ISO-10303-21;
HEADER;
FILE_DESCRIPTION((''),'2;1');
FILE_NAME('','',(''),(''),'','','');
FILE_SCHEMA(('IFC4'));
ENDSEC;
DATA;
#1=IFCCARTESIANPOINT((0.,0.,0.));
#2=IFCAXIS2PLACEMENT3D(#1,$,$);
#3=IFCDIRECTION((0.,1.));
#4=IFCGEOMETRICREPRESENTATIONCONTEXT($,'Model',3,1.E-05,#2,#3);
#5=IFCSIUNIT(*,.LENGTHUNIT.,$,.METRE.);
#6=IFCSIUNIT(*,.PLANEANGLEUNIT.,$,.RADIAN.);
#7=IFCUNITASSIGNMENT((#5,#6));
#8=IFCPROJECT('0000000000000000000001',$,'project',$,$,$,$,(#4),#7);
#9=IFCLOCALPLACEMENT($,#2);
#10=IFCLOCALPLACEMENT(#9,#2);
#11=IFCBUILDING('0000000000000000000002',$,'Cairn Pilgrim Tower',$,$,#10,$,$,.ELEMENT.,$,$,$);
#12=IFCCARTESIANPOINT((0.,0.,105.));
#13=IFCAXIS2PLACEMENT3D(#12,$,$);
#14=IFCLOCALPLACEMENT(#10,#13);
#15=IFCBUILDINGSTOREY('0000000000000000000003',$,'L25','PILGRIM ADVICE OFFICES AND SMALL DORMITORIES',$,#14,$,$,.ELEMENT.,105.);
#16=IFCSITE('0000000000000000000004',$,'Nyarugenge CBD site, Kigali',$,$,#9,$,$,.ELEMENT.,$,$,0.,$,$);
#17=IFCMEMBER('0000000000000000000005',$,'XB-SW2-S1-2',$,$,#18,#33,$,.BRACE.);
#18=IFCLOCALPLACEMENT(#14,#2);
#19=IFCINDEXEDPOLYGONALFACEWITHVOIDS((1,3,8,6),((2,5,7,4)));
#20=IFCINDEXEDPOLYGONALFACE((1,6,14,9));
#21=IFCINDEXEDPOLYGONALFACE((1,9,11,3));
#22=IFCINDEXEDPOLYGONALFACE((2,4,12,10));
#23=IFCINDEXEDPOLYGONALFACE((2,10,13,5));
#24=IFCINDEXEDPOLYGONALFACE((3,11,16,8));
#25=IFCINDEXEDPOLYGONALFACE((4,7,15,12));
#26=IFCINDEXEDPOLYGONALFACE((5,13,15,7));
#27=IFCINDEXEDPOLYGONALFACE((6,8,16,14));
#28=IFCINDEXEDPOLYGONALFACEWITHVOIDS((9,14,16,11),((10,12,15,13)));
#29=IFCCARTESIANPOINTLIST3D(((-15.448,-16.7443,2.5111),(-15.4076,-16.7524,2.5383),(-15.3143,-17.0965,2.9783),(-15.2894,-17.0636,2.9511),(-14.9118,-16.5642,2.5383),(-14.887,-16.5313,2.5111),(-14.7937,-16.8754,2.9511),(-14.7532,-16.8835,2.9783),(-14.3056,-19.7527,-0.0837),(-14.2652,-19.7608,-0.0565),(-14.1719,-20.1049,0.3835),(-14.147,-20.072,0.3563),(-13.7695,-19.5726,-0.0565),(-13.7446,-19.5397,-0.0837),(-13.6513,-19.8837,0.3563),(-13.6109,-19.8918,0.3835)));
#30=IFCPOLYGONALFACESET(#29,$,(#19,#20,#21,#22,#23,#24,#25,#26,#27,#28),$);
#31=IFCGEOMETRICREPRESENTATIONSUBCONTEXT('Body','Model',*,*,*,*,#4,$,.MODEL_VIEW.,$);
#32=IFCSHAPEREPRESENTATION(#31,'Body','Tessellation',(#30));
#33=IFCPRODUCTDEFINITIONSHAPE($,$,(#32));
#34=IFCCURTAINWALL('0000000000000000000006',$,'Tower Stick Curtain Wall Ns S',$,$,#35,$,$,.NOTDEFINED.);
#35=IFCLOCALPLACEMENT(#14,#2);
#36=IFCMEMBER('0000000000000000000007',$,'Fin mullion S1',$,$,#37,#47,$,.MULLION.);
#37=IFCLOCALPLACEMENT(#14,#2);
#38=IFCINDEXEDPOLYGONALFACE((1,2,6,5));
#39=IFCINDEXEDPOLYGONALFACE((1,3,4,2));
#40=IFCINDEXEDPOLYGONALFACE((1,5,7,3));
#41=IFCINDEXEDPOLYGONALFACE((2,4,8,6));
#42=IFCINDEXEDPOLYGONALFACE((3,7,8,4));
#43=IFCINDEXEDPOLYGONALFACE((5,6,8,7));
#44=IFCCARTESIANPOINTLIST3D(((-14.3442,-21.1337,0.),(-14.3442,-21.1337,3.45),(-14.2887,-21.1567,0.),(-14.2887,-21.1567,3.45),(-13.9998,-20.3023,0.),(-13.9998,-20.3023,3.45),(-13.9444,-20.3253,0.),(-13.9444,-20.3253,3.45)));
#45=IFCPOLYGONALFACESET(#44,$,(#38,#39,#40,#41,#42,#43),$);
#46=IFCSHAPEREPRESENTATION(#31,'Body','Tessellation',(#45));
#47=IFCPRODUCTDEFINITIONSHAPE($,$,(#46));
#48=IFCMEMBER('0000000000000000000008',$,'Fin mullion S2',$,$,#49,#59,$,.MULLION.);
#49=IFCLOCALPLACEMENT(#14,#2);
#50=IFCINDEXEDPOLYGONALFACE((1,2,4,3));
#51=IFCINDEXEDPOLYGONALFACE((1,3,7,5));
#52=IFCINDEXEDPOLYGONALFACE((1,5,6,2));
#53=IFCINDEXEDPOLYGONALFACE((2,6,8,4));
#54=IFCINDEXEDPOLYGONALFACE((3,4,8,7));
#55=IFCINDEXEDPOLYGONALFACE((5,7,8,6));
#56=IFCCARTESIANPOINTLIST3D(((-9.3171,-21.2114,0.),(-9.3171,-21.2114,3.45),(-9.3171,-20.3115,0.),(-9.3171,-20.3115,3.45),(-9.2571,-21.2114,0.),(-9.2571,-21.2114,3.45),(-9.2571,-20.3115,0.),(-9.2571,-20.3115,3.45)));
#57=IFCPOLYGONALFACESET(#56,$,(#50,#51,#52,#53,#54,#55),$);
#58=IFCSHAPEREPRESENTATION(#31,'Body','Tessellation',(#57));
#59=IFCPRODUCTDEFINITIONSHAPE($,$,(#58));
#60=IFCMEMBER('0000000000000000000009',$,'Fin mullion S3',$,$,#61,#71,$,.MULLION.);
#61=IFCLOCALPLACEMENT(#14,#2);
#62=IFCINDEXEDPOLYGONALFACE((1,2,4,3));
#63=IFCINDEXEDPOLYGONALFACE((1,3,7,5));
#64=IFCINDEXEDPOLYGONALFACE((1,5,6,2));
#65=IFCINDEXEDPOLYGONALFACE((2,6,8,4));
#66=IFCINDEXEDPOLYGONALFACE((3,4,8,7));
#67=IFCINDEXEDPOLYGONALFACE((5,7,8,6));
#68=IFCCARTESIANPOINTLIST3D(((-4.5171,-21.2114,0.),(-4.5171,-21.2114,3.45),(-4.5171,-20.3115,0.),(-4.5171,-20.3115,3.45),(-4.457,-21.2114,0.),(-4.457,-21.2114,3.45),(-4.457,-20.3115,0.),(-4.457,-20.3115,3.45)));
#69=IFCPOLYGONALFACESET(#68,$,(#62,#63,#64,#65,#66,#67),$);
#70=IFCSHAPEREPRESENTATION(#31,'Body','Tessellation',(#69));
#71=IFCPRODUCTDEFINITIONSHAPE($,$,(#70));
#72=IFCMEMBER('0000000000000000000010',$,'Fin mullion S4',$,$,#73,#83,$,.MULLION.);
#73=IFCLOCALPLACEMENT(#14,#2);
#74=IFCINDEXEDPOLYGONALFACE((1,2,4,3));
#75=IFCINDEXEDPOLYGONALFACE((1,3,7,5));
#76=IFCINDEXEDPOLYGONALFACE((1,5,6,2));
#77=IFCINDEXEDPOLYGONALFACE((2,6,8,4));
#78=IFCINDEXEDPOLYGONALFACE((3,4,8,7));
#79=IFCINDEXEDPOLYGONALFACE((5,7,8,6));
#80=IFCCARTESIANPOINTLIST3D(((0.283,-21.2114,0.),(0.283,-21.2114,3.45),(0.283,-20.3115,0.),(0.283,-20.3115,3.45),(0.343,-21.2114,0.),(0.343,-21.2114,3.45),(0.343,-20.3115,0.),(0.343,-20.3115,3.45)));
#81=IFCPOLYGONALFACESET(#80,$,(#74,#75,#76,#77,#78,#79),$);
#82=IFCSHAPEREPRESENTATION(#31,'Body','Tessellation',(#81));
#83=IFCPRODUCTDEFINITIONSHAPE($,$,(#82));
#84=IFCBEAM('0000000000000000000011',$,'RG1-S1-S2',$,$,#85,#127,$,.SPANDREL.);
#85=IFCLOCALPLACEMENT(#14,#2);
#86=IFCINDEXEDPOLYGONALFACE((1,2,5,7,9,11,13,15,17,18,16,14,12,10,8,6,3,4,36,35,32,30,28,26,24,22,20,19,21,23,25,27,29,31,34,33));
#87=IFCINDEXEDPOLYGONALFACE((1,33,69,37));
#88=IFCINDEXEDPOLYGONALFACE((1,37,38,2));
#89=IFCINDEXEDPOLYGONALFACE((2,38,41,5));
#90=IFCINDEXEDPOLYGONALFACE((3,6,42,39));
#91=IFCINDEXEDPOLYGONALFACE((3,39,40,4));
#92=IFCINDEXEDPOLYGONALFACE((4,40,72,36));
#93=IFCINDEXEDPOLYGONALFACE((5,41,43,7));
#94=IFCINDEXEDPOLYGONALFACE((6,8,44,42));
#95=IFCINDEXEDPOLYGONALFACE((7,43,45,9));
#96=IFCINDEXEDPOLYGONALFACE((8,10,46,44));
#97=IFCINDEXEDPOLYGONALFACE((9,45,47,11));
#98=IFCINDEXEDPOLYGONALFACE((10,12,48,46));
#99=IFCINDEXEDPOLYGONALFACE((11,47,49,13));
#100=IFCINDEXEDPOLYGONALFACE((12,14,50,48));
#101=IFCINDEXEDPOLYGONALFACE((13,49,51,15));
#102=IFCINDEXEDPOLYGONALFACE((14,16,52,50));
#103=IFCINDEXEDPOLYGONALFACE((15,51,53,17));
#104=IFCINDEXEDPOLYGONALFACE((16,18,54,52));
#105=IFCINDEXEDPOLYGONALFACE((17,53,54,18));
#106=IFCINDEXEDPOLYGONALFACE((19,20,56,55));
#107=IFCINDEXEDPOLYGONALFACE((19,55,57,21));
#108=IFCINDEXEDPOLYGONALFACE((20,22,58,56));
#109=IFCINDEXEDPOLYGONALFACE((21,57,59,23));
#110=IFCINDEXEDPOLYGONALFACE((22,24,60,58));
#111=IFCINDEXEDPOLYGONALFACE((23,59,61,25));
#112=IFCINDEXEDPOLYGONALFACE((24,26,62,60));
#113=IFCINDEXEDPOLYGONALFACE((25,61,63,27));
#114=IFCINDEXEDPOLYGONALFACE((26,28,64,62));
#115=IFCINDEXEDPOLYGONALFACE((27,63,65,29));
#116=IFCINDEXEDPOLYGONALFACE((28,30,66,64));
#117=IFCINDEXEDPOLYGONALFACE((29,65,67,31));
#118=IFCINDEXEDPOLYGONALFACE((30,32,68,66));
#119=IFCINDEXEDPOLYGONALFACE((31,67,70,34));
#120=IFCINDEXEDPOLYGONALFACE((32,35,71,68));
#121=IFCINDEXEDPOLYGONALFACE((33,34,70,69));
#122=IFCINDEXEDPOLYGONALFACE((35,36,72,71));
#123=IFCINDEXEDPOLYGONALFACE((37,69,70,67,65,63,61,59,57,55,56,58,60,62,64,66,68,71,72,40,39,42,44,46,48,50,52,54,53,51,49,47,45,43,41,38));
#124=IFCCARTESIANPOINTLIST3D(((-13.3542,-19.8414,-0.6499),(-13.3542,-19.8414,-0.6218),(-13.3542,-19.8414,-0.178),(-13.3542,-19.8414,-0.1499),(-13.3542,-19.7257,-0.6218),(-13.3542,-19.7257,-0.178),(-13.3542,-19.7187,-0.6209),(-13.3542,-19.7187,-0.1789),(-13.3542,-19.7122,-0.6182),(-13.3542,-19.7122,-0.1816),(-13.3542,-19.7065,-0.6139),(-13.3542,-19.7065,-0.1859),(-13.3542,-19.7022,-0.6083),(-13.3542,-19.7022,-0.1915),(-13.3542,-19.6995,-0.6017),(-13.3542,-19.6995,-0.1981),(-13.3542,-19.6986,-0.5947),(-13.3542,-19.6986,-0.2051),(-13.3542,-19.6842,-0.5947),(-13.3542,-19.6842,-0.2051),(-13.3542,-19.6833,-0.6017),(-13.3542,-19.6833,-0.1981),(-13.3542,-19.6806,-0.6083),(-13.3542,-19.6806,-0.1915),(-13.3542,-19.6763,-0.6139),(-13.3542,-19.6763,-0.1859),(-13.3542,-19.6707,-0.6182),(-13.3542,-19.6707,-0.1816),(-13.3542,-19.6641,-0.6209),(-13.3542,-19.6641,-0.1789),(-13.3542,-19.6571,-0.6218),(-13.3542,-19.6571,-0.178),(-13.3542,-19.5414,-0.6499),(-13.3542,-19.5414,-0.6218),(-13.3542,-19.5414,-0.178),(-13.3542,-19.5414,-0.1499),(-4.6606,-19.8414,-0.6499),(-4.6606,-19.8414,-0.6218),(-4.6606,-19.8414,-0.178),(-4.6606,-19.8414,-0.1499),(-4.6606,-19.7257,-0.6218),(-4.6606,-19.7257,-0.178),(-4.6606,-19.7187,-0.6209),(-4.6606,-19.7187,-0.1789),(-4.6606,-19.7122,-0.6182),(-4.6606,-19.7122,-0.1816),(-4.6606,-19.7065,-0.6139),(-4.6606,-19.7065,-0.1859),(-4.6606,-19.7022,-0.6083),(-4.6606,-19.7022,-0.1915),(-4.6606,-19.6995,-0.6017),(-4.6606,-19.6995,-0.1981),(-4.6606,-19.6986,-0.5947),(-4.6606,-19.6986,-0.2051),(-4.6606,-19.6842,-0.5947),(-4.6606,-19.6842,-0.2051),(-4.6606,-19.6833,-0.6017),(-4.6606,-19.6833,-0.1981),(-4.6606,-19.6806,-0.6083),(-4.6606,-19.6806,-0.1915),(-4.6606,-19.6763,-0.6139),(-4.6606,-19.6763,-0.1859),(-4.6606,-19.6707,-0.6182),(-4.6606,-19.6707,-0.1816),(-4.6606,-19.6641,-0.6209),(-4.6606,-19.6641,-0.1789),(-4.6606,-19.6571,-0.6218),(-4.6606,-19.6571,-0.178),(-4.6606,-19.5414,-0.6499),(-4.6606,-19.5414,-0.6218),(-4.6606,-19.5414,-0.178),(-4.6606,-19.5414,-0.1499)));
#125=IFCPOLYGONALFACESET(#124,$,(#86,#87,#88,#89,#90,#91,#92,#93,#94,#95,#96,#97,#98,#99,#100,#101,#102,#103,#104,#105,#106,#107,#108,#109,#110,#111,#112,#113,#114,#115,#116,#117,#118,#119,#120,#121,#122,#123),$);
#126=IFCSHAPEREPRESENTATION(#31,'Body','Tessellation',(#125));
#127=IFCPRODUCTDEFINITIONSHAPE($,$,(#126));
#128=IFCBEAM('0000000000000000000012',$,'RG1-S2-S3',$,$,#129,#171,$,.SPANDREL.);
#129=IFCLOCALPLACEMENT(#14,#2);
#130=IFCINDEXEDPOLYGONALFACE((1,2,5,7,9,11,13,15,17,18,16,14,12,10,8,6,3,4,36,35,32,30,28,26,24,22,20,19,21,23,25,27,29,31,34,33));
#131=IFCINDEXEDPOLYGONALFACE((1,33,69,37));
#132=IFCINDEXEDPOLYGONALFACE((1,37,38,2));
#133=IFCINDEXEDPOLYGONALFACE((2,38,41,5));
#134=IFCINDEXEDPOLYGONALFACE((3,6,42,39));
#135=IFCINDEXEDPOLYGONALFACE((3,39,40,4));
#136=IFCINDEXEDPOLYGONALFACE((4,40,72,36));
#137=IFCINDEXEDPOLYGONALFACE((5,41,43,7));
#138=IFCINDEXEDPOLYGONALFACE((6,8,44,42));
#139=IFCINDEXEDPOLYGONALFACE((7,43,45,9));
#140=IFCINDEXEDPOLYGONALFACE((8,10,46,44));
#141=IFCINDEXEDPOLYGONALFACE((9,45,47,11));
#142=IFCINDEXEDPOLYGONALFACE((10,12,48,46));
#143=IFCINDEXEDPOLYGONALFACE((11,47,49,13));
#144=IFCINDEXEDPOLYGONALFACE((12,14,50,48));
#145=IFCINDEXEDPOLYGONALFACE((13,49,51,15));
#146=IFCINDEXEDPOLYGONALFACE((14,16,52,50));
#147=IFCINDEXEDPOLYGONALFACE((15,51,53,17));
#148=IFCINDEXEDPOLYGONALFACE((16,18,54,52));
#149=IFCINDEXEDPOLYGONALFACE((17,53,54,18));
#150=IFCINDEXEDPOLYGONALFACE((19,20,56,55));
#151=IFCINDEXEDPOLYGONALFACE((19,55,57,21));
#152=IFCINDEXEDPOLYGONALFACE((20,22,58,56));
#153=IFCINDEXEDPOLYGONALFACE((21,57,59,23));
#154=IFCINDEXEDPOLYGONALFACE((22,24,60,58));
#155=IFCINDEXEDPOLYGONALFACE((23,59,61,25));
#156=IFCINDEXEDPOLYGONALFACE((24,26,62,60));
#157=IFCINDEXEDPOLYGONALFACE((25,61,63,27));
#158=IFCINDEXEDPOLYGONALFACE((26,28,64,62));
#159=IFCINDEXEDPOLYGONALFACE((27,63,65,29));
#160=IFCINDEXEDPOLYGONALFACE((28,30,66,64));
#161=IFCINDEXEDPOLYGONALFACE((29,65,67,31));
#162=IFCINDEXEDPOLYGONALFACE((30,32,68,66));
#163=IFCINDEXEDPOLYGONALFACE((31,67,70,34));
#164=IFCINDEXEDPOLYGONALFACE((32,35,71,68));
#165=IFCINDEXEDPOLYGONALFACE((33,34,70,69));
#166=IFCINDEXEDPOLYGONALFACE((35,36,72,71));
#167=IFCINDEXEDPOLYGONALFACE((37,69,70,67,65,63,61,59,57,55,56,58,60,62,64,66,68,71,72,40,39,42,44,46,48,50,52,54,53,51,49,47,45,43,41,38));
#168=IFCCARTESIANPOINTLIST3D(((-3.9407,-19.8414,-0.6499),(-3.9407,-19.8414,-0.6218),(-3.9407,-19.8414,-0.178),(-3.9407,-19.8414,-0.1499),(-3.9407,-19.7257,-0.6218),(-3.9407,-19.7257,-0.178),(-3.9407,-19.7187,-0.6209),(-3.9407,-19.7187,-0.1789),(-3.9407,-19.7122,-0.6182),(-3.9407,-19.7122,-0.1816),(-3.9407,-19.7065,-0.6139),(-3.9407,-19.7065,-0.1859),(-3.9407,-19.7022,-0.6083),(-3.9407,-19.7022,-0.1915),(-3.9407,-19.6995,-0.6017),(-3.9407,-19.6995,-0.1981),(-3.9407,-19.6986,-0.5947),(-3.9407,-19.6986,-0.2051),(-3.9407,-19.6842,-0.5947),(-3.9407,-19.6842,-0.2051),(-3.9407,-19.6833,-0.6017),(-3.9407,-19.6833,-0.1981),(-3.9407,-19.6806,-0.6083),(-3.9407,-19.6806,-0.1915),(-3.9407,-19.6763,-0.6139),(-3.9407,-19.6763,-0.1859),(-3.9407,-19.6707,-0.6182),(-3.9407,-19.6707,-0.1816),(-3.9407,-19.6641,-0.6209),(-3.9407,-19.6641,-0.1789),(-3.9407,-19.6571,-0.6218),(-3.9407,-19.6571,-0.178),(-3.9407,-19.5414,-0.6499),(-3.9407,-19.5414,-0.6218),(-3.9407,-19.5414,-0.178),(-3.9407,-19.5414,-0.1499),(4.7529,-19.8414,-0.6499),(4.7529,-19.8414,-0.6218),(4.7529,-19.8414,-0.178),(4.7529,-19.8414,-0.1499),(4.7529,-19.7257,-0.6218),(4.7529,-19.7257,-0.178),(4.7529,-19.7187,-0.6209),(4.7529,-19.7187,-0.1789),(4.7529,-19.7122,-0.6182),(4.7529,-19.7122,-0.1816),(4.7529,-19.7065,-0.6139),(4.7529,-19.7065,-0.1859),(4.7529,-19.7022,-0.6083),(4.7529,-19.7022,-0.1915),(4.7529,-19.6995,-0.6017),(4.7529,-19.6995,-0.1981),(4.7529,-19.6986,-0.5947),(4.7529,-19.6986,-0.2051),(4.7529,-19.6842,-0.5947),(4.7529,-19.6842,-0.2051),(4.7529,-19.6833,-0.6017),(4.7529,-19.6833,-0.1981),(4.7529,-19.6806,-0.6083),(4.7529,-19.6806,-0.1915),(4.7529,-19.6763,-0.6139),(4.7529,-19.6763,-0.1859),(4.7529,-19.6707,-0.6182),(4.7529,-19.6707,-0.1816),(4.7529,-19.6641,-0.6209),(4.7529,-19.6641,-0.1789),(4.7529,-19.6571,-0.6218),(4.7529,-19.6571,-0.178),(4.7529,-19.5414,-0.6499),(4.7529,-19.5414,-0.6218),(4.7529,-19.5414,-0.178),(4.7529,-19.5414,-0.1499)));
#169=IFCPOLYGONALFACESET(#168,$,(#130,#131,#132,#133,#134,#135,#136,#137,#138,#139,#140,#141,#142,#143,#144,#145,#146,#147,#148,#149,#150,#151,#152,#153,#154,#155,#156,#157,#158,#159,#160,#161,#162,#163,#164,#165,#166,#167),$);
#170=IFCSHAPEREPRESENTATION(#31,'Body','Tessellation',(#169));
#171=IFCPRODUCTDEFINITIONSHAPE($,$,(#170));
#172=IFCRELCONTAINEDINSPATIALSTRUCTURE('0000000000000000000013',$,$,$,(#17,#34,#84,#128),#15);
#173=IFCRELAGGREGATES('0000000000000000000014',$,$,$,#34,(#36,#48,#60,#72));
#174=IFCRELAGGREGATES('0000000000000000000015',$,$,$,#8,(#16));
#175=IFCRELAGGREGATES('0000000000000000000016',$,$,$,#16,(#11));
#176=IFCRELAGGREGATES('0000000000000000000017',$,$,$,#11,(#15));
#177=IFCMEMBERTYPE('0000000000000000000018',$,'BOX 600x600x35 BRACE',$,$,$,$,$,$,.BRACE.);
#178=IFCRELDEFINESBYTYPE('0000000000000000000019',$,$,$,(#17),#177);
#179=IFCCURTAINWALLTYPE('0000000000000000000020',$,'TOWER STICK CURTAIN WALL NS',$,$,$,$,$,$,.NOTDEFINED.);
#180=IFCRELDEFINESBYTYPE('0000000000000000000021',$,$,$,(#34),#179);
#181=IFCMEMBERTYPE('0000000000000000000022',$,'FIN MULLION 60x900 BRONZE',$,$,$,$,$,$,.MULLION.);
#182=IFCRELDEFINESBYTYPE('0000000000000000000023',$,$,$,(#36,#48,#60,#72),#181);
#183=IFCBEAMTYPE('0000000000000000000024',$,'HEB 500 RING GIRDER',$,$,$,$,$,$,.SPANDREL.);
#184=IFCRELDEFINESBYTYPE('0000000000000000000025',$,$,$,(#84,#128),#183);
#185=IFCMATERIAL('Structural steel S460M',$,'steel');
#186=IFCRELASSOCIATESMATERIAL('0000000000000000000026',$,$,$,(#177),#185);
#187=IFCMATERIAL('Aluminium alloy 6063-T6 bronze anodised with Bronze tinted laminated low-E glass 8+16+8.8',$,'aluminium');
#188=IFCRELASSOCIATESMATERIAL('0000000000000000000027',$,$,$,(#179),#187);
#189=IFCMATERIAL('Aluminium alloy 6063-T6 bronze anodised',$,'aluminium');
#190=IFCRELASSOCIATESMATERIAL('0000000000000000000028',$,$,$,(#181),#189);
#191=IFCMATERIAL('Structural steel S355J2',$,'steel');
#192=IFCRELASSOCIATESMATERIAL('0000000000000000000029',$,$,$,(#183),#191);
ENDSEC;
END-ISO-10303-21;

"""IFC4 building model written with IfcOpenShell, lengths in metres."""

from ifc_helpers import new_model, si_unit, direction, frame, origin, origin_2d, place, context, subcontext, project, spatial, rectangle, hollow_rectangle, i_section, extrude, material, material_profile, profile_set, type_object, element, aggregate, save


model = new_model("IFC4")

# Units and contexts
model_context = context("Model", 3, precision=1e-05, world=origin(), true_north=direction((0.0, 1.0)))
body_context = subcontext(model_context, "Body", "Model", "MODEL_VIEW")
ifc_project = project(units=[si_unit("LENGTHUNIT", "METRE"), si_unit("PLANEANGLEUNIT", "RADIAN")], contexts=[model_context])

# Site, building, storey
site_placement = place(None, origin())
site = spatial("IfcSite", under=ifc_project, at=site_placement, Name="Nyarugenge CBD site, Kigali", CompositionType="ELEMENT", RefElevation=0.0)
building_placement = place(site_placement, origin())
building = spatial("IfcBuilding", under=site, at=building_placement, Name="Cairn Pilgrim Tower", CompositionType="ELEMENT")
storey_placement = place(building_placement, frame((0.0, 0.0, 105.0)))
storey = spatial("IfcBuildingStorey", under=building, at=storey_placement, Name="L25", Description="PILGRIM ADVICE OFFICES AND SMALL DORMITORIES", CompositionType="ELEMENT", Elevation=105.0)

# Shared definitions
ifc_material_1 = material(Name="Structural steel S460M", Category="steel")

# Member
ifc_material_profile_1 = material_profile(ifc_material_1, hollow_rectangle(XDim=0.6001, YDim=0.6001, WallThickness=0.0349, at=origin_2d()), Name="BOX 600x600x35")
ifc_profile_set_1 = profile_set([ifc_material_profile_1], Name="Structural steel S460M")
member_type_1 = type_object("IfcMemberType", Name="BOX 600x600x35 BRACE", PredefinedType="BRACE", material=ifc_profile_set_1)
member_1_placement = place(storey_placement, frame((-13.9583, -19.8223, 0.1499), z_axis=(-0.276347, 0.727752, 0.627702), x_axis=(-0.934868, -0.354995, 0.0)))
element("IfcMember", 1, at=member_1_placement, inside=storey, type_object=member_type_1, Name="XB-SW2-S1-2", PredefinedType="BRACE", context=body_context, shape_type="SweptSolid", body=[
    extrude(hollow_rectangle(XDim=0.6001, YDim=0.6001, WallThickness=0.0349, at=origin_2d()), origin(), (0.0, 0.0, 1.0), 4.1338),
])

# Curtain wall, members
ifc_material_2 = material(Name="Aluminium alloy 6063-T6 bronze anodised with Bronze tinted laminated low-E glass 8+16+8.8", Category="aluminium")
curtain_wall_type = type_object("IfcCurtainWallType", Name="TOWER STICK CURTAIN WALL NS", PredefinedType="NOTDEFINED", material=ifc_material_2)
curtain_wall_placement = place(storey_placement, origin())
curtain_wall = element("IfcCurtainWall", 2, at=curtain_wall_placement, inside=storey, type_object=curtain_wall_type, Name="Tower Stick Curtain Wall Ns S", PredefinedType="NOTDEFINED")
ifc_material_3 = material(Name="Aluminium alloy 6063-T6 bronze anodised", Category="aluminium")
ifc_material_profile_2 = material_profile(ifc_material_3, rectangle(XDim=0.8999, YDim=0.0601, at=origin_2d()), Name="FIN MULLION 60x900 BRONZE")
ifc_profile_set_2 = profile_set([ifc_material_profile_2], Name="Aluminium alloy 6063-T6 bronze anodised")
member_type_2 = type_object("IfcMemberType", Name="FIN MULLION 60x900 BRONZE", PredefinedType="MULLION", material=ifc_profile_set_2)
member_2_placement = place(storey_placement, frame((-14.1443, -20.7295, 0.0), z_axis=(0.0, 0.0, 1.0), x_axis=(-0.382683, -0.92388, 0.0)))
member_2 = element("IfcMember", 3, at=member_2_placement, type_object=member_type_2, Name="Fin mullion S1", PredefinedType="MULLION", context=body_context, shape_type="SweptSolid", body=[
    extrude(rectangle(XDim=0.8999, YDim=0.0601, at=origin_2d()), origin(), (0.0, 0.0, 1.0), 3.45),
])
member_3_placement = place(storey_placement, frame((-9.2871, -20.7615, 0.0), z_axis=(0.0, 0.0, 1.0), x_axis=(0.0, -1.0, 0.0)))
member_3 = element("IfcMember", 4, at=member_3_placement, type_object=member_type_2, Name="Fin mullion S2", PredefinedType="MULLION", context=body_context, shape_type="SweptSolid", body=[
    extrude(rectangle(XDim=0.8999, YDim=0.0601, at=origin_2d()), origin(), (0.0, 0.0, 1.0), 3.45),
])
member_4_placement = place(storey_placement, frame((-4.4871, -20.7615, 0.0), z_axis=(0.0, 0.0, 1.0), x_axis=(0.0, -1.0, 0.0)))
member_4 = element("IfcMember", 5, at=member_4_placement, type_object=member_type_2, Name="Fin mullion S3", PredefinedType="MULLION", context=body_context, shape_type="SweptSolid", body=[
    extrude(rectangle(XDim=0.8999, YDim=0.0601, at=origin_2d()), origin(), (0.0, 0.0, 1.0), 3.45),
])
member_5_placement = place(storey_placement, frame((0.313, -20.7615, 0.0), z_axis=(0.0, 0.0, 1.0), x_axis=(0.0, -1.0, 0.0)))
member_5 = element("IfcMember", 6, at=member_5_placement, type_object=member_type_2, Name="Fin mullion S4", PredefinedType="MULLION", context=body_context, shape_type="SweptSolid", body=[
    extrude(rectangle(XDim=0.8999, YDim=0.0601, at=origin_2d()), origin(), (0.0, 0.0, 1.0), 3.45),
])

# Beams
ifc_material_4 = material(Name="Structural steel S355J2", Category="steel")
ifc_material_profile_3 = material_profile(ifc_material_4, i_section(OverallWidth=0.3, OverallDepth=0.5, WebThickness=0.0144, FlangeThickness=0.0281, FilletRadius=0.0271, at=origin_2d()), Name="HEB 500")
ifc_profile_set_3 = profile_set([ifc_material_profile_3], Name="Structural steel S355J2")
beam_type_1 = type_object("IfcBeamType", Name="HEB 500 RING GIRDER", PredefinedType="SPANDREL", material=ifc_profile_set_3)
for number, where, z_axis, x_axis, name in (
    (7, (-13.3542, -19.6914, -0.3999), (1.0, 0.0, 0.0), (0.0, 1.0, 0.0), "RG1-S1-S2"),
    (8, (-3.9407, -19.6914, -0.3999), (1.0, 0.0, 0.0), (0.0, 1.0, 0.0), "RG1-S2-S3"),
):
    element("IfcBeam", number, at=place(storey_placement, frame(where, z_axis=z_axis, x_axis=x_axis)), inside=storey, type_object=beam_type_1, Name=name, PredefinedType="SPANDREL", context=body_context, shape_type="SweptSolid", body=[
        extrude(i_section(OverallWidth=0.3, OverallDepth=0.5, WebThickness=0.0144, FlangeThickness=0.0281, FilletRadius=0.0271, at=origin_2d()), origin(), (0.0, 0.0, 1.0), 8.6936),
    ])

aggregate(curtain_wall, [member_2, member_3, member_4, member_5])

save(model, "model.ifc")
